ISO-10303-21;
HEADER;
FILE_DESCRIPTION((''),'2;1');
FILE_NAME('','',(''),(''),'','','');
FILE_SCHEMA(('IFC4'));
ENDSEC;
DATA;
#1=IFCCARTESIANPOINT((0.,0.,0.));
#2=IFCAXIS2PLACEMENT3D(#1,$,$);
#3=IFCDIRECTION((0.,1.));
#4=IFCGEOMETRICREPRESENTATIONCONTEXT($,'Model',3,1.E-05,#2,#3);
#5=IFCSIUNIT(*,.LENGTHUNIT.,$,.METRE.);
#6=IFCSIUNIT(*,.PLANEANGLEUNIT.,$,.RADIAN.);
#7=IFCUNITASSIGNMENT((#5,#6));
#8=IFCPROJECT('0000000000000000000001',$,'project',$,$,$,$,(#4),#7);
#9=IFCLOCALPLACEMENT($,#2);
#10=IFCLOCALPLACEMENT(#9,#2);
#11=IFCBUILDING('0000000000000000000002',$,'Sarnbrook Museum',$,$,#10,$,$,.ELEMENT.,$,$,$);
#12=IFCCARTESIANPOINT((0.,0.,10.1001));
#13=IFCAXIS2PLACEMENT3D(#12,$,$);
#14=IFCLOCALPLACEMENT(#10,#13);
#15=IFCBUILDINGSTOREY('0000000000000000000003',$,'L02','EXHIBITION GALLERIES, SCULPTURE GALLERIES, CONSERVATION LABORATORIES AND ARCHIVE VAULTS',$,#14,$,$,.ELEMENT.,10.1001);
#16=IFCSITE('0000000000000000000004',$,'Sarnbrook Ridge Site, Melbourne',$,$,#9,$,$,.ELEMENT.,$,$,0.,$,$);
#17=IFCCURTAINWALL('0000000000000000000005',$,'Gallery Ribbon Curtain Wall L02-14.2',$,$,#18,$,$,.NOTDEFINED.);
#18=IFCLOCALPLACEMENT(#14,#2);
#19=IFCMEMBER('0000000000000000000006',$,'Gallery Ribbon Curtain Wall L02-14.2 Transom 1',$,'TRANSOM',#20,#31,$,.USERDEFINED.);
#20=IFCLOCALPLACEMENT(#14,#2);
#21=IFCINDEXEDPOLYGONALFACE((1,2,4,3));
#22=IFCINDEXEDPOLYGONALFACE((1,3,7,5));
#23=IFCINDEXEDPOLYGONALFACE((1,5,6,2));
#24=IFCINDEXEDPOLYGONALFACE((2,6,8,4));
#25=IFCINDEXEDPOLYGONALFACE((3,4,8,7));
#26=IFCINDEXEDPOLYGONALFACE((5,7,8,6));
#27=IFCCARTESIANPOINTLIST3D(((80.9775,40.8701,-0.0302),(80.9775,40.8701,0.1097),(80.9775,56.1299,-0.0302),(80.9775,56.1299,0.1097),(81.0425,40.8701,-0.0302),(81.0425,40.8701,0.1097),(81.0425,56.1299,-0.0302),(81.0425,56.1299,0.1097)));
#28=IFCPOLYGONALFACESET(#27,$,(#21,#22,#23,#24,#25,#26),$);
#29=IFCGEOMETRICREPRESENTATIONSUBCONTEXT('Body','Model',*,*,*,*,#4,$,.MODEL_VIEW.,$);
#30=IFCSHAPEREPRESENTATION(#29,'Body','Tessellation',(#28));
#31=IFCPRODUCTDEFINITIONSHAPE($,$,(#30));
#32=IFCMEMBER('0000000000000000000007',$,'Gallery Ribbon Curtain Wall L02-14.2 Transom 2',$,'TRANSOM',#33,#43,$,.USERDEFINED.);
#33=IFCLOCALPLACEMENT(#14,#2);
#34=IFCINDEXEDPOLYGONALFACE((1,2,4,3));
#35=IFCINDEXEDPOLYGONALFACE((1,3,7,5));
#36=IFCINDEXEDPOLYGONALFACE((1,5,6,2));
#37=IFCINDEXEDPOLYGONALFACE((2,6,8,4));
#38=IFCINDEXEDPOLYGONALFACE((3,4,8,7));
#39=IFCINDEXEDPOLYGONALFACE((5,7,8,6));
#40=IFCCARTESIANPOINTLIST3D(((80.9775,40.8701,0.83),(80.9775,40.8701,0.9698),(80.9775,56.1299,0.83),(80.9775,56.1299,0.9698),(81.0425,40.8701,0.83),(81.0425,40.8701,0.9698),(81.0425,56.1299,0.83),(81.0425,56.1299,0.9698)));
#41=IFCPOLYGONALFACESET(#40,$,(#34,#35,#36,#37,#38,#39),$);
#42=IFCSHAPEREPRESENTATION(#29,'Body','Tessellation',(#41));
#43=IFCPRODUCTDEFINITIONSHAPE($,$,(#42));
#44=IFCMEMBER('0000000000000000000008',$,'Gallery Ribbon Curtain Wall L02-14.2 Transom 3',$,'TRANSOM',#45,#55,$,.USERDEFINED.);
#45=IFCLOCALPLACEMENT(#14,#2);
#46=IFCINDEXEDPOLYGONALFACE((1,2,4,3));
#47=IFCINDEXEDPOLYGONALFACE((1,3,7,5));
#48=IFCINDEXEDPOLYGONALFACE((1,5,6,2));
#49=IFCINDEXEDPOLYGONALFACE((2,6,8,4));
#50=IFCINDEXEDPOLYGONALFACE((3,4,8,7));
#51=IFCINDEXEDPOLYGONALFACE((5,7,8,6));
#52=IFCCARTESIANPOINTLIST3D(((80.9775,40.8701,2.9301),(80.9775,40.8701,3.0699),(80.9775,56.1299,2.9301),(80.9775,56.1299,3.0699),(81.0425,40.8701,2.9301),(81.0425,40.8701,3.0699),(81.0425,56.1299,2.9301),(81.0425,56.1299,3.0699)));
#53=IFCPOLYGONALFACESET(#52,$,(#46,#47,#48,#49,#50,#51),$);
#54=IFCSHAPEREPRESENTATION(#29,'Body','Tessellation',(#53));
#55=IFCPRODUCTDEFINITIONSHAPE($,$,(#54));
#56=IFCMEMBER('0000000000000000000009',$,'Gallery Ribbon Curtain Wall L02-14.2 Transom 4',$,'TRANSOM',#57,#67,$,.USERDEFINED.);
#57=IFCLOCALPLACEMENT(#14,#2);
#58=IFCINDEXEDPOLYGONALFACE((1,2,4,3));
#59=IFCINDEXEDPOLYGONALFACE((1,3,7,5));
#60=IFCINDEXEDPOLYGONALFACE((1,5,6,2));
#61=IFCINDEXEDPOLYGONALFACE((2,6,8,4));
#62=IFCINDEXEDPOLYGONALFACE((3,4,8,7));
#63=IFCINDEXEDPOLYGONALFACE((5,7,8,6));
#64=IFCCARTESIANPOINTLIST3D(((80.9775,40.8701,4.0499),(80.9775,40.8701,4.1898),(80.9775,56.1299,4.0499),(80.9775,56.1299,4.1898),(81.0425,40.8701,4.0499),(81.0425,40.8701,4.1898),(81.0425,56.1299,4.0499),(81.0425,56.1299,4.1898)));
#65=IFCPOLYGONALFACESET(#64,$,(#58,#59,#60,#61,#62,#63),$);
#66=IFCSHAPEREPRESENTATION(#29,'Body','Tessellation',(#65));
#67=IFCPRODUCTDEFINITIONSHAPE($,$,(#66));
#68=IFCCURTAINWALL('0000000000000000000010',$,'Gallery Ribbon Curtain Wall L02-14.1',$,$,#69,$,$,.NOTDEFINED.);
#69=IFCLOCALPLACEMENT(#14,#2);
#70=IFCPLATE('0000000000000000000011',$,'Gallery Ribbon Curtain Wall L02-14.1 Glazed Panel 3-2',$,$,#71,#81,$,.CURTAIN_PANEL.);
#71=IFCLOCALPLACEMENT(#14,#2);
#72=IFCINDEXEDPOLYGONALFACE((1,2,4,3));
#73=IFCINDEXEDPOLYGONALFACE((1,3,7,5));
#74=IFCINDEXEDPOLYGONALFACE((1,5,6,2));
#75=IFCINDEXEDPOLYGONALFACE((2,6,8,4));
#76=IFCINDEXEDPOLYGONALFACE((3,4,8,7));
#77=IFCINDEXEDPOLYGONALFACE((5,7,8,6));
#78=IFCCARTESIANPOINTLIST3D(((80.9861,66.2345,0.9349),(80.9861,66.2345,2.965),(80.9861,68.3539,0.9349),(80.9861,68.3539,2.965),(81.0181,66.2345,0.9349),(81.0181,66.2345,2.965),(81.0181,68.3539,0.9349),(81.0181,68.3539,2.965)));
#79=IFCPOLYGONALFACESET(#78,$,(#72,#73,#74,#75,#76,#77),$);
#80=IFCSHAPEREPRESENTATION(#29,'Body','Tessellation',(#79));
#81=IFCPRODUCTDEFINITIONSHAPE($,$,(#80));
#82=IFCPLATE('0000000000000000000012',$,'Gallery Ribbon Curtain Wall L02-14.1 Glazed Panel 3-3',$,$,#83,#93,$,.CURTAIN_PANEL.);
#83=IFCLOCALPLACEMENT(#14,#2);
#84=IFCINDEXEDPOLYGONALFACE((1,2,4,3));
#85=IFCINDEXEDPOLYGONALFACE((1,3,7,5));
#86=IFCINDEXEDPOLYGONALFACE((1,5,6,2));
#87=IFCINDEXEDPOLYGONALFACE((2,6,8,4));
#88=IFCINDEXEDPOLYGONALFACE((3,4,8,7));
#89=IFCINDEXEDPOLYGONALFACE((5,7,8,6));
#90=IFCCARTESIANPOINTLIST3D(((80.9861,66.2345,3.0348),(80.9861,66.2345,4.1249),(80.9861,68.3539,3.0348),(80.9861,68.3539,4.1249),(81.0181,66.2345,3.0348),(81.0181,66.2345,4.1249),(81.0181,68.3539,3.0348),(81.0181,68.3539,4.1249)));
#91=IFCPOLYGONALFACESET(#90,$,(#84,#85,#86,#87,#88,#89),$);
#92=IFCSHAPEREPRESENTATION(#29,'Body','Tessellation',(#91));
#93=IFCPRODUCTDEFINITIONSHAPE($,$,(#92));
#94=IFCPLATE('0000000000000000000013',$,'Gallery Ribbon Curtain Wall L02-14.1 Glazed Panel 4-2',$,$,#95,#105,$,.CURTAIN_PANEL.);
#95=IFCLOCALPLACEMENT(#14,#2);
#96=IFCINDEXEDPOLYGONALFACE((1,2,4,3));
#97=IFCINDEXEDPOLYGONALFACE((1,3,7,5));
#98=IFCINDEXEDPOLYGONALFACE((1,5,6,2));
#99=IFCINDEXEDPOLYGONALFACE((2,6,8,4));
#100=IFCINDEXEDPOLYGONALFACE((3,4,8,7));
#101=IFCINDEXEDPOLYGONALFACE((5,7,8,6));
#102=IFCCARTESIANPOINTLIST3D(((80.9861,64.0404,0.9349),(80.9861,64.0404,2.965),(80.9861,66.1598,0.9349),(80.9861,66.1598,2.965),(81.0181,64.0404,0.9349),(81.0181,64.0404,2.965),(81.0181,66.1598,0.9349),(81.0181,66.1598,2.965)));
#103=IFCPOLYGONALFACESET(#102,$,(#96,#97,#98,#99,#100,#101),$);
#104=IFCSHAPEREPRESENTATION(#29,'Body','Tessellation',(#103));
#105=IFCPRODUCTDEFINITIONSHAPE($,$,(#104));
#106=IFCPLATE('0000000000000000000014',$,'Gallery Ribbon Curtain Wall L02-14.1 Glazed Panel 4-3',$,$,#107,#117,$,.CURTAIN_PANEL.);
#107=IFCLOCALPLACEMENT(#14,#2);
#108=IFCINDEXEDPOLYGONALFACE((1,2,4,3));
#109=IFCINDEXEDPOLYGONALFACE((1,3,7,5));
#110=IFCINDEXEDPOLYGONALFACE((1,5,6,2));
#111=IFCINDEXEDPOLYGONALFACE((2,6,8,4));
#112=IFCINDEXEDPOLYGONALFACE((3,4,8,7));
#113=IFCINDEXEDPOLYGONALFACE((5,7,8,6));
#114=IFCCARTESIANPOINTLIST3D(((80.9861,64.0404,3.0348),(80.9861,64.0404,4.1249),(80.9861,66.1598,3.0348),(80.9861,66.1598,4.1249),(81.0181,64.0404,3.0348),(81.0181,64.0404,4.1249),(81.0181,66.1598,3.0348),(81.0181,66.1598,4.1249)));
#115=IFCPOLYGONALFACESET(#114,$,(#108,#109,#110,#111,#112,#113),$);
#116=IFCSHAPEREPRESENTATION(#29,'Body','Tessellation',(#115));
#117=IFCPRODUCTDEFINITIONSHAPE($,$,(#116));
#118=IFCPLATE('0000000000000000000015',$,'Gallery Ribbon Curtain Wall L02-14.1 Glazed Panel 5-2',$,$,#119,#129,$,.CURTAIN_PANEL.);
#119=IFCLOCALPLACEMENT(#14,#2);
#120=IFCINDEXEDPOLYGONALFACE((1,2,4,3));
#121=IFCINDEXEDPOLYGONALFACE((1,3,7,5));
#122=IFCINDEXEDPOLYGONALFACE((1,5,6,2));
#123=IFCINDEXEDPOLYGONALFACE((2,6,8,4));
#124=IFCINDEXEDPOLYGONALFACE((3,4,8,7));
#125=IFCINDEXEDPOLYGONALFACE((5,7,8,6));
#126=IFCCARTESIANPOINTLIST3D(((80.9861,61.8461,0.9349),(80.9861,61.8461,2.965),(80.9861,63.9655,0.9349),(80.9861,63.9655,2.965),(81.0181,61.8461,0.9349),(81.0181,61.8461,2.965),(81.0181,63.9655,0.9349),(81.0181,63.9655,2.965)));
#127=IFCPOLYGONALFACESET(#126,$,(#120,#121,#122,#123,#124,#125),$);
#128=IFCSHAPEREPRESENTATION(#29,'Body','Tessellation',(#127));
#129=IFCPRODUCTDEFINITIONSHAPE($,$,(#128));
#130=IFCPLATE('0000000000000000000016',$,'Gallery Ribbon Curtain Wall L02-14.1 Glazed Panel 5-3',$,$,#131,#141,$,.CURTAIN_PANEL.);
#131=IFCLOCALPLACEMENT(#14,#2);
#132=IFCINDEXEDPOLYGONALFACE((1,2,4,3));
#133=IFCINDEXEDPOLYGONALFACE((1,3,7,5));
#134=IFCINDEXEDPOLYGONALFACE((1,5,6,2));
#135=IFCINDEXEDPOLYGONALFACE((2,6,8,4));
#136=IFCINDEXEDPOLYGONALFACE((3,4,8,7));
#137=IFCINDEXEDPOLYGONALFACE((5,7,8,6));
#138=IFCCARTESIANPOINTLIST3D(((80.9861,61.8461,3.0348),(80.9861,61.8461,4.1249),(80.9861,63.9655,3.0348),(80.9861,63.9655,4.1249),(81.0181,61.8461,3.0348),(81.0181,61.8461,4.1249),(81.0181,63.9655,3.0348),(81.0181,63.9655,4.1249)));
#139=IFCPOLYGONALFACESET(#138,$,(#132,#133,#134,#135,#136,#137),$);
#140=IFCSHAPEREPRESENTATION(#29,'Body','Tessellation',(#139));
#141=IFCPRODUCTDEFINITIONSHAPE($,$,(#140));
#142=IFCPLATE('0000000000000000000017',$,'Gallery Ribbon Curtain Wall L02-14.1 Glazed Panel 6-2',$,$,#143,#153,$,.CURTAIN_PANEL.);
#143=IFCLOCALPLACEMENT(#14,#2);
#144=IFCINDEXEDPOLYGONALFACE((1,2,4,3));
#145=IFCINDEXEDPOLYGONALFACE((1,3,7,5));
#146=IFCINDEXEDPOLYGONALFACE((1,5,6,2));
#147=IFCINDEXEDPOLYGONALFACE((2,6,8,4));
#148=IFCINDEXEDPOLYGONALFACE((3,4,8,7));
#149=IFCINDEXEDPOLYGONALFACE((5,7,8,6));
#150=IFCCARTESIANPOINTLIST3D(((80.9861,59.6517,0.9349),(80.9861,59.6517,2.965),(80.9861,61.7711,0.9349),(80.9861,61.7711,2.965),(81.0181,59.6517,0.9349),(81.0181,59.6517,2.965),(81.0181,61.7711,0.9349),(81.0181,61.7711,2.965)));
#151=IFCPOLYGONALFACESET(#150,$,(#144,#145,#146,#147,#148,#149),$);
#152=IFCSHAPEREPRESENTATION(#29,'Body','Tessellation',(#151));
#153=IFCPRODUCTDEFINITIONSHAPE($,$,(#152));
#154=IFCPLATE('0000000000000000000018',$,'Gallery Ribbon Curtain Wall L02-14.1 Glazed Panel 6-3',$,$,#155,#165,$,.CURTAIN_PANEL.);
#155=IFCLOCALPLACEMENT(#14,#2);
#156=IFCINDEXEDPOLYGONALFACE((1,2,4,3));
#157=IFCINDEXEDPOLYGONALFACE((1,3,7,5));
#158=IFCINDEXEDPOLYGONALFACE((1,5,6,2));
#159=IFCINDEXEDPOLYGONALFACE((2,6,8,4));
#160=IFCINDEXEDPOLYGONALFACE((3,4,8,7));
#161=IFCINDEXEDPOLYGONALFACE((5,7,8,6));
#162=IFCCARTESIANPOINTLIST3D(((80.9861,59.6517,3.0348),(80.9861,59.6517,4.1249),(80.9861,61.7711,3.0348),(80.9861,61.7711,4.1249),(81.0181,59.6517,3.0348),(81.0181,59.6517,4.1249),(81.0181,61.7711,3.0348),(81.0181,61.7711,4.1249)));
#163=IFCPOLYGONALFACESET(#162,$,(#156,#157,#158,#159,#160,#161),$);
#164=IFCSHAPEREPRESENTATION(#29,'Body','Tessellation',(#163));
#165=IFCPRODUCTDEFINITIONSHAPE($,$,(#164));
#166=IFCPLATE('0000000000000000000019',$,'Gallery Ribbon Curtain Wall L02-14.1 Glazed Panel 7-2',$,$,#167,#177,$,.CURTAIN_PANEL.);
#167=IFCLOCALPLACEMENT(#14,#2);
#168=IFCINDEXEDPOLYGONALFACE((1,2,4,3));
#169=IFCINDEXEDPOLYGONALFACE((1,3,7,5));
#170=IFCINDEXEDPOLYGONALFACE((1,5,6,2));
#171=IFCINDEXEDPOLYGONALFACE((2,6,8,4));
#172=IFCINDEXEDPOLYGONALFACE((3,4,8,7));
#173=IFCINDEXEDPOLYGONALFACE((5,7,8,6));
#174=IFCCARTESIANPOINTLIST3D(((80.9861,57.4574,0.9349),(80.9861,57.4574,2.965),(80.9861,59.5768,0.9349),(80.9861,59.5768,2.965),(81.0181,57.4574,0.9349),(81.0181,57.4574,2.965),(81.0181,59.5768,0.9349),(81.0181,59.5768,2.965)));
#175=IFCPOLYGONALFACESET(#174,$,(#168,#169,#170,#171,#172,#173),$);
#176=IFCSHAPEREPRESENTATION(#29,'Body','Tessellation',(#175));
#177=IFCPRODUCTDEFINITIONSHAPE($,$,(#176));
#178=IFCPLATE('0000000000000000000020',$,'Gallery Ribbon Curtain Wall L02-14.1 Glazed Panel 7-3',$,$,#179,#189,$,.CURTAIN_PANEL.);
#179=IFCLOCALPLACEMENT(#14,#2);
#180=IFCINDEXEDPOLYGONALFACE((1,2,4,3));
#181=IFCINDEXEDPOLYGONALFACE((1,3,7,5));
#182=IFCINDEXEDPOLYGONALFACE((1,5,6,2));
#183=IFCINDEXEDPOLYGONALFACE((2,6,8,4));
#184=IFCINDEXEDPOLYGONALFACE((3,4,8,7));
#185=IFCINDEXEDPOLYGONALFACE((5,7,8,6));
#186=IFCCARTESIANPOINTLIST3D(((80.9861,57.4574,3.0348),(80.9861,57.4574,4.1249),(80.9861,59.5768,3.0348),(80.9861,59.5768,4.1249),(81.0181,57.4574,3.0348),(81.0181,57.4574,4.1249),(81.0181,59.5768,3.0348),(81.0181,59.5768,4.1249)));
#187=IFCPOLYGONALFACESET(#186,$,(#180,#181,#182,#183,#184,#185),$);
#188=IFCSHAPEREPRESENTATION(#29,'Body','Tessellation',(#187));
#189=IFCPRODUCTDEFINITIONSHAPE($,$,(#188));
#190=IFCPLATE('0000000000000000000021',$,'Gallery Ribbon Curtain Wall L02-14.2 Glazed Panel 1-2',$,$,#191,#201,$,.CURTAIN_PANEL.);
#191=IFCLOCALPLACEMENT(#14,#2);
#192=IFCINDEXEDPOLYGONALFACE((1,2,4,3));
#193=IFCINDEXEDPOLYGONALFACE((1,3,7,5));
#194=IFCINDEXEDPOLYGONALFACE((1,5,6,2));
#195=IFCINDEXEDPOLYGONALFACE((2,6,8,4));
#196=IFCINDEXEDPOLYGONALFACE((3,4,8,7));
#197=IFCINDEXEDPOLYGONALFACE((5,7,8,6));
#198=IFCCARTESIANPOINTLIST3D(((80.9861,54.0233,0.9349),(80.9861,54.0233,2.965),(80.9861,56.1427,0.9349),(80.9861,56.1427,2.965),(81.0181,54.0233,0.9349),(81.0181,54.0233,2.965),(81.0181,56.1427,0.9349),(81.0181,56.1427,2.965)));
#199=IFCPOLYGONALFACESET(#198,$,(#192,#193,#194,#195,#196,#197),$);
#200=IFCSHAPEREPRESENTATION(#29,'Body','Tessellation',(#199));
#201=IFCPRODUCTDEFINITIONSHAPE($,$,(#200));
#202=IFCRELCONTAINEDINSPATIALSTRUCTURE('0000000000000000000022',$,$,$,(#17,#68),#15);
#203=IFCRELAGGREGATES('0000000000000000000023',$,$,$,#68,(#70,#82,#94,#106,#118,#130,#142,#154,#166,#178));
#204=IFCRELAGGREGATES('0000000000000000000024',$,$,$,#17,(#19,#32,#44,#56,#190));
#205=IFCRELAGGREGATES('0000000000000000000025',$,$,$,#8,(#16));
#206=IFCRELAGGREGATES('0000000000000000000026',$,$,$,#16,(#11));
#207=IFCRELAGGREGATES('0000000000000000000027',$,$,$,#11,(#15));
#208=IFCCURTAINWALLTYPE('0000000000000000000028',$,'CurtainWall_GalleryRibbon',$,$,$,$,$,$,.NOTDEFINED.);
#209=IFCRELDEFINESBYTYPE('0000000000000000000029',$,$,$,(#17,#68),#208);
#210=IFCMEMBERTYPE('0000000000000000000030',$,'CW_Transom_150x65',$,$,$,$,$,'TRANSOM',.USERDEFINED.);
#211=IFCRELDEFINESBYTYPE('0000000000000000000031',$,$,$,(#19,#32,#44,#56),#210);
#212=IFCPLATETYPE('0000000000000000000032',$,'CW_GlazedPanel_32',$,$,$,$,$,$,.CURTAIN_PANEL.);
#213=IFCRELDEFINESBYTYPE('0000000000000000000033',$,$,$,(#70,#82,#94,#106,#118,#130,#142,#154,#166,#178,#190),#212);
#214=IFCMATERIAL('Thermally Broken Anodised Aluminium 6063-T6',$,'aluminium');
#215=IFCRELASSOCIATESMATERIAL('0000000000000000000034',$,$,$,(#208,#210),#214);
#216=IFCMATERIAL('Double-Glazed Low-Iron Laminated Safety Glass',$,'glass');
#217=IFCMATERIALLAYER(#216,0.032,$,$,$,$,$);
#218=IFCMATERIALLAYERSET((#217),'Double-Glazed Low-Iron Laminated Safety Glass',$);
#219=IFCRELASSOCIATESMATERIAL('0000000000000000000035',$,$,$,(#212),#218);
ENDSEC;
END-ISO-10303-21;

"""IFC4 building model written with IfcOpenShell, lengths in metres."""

from ifc_helpers import new_model, si_unit, direction, frame, origin, origin_2d, place, context, subcontext, project, spatial, rectangle, extrude, material, layer, layer_set, material_profile, profile_set, type_object, element, aggregate, save


model = new_model("IFC4")

# Units and contexts
model_context = context("Model", 3, precision=1e-05, world=origin(), true_north=direction((0.0, 1.0)))
body_context = subcontext(model_context, "Body", "Model", "MODEL_VIEW")
ifc_project = project(units=[si_unit("LENGTHUNIT", "METRE"), si_unit("PLANEANGLEUNIT", "RADIAN")], contexts=[model_context])

# Site, building, storey
site_placement = place(None, origin())
site = spatial("IfcSite", under=ifc_project, at=site_placement, Name="Sarnbrook Ridge Site, Melbourne", CompositionType="ELEMENT", RefElevation=0.0)
building_placement = place(site_placement, origin())
building = spatial("IfcBuilding", under=site, at=building_placement, Name="Sarnbrook Museum", CompositionType="ELEMENT")
storey_placement = place(building_placement, frame((0.0, 0.0, 10.1001)))
storey = spatial("IfcBuildingStorey", under=building, at=storey_placement, Name="L02", Description="EXHIBITION GALLERIES, SCULPTURE GALLERIES, CONSERVATION LABORATORIES AND ARCHIVE VAULTS", CompositionType="ELEMENT", Elevation=10.1001)

# Curtain wall, members
ifc_material_1 = material(Name="Thermally Broken Anodised Aluminium 6063-T6", Category="aluminium")
curtain_wall_type = type_object("IfcCurtainWallType", Name="CurtainWall_GalleryRibbon", PredefinedType="NOTDEFINED", material=ifc_material_1)
curtain_wall_1_placement = place(storey_placement, origin())
curtain_wall_1 = element("IfcCurtainWall", 1, at=curtain_wall_1_placement, inside=storey, type_object=curtain_wall_type, Name="Gallery Ribbon Curtain Wall L02-14.2", PredefinedType="NOTDEFINED")
ifc_material_profile = material_profile(ifc_material_1, rectangle(XDim=0.0649, YDim=0.1399, at=origin_2d()), Name="ALU TRANSOM 65x140")
ifc_profile_set = profile_set([ifc_material_profile], Name="Thermally Broken Anodised Aluminium 6063-T6")
member_type = type_object("IfcMemberType", Name="CW_Transom_150x65", ElementType="TRANSOM", PredefinedType="USERDEFINED", material=ifc_profile_set)
member_1_placement = place(storey_placement, frame((81.01, 56.1299, 0.0398), z_axis=(0.0, -1.0, 0.0), x_axis=(1.0, 0.0, 0.0)))
member_1 = element("IfcMember", 2, at=member_1_placement, type_object=member_type, Name="Gallery Ribbon Curtain Wall L02-14.2 Transom 1", ObjectType="TRANSOM", PredefinedType="USERDEFINED", context=body_context, shape_type="SweptSolid", body=[
    extrude(rectangle(XDim=0.0649, YDim=0.1399, at=origin_2d()), origin(), (0.0, 0.0, 1.0), 15.2598),
])
member_2_placement = place(storey_placement, frame((81.01, 56.1299, 0.8999), z_axis=(0.0, -1.0, 0.0), x_axis=(1.0, 0.0, 0.0)))
member_2 = element("IfcMember", 3, at=member_2_placement, type_object=member_type, Name="Gallery Ribbon Curtain Wall L02-14.2 Transom 2", ObjectType="TRANSOM", PredefinedType="USERDEFINED", context=body_context, shape_type="SweptSolid", body=[
    extrude(rectangle(XDim=0.0649, YDim=0.1399, at=origin_2d()), origin(), (0.0, 0.0, 1.0), 15.2598),
])
member_3_placement = place(storey_placement, frame((81.01, 56.1299, 3.0), z_axis=(0.0, -1.0, 0.0), x_axis=(1.0, 0.0, 0.0)))
member_3 = element("IfcMember", 4, at=member_3_placement, type_object=member_type, Name="Gallery Ribbon Curtain Wall L02-14.2 Transom 3", ObjectType="TRANSOM", PredefinedType="USERDEFINED", context=body_context, shape_type="SweptSolid", body=[
    extrude(rectangle(XDim=0.0649, YDim=0.1399, at=origin_2d()), origin(), (0.0, 0.0, 1.0), 15.2598),
])
member_4_placement = place(storey_placement, frame((81.01, 56.1299, 4.1199), z_axis=(0.0, -1.0, 0.0), x_axis=(1.0, 0.0, 0.0)))
member_4 = element("IfcMember", 5, at=member_4_placement, type_object=member_type, Name="Gallery Ribbon Curtain Wall L02-14.2 Transom 4", ObjectType="TRANSOM", PredefinedType="USERDEFINED", context=body_context, shape_type="SweptSolid", body=[
    extrude(rectangle(XDim=0.0649, YDim=0.1399, at=origin_2d()), origin(), (0.0, 0.0, 1.0), 15.2598),
])

# Curtain wall, plates
curtain_wall_2_placement = place(storey_placement, origin())
curtain_wall_2 = element("IfcCurtainWall", 6, at=curtain_wall_2_placement, inside=storey, type_object=curtain_wall_type, Name="Gallery Ribbon Curtain Wall L02-14.1", PredefinedType="NOTDEFINED")
ifc_material_2 = material(Name="Double-Glazed Low-Iron Laminated Safety Glass", Category="glass")
ifc_layer_1 = layer(ifc_material_2, 0.032)
ifc_layer_set_1 = layer_set([ifc_layer_1], Name="Double-Glazed Low-Iron Laminated Safety Glass")
plate_type_1 = type_object("IfcPlateType", Name="CW_GlazedPanel_32", PredefinedType="CURTAIN_PANEL", material=ifc_layer_set_1)
plate_1_placement = place(storey_placement, frame((81.0181, 67.2942, 1.95), z_axis=(-1.0, 0.0, 0.0), x_axis=(0.0, -1.0, 0.0)))
plate_1 = element("IfcPlate", 7, at=plate_1_placement, type_object=plate_type_1, Name="Gallery Ribbon Curtain Wall L02-14.1 Glazed Panel 3-2", PredefinedType="CURTAIN_PANEL", context=body_context, shape_type="SweptSolid", body=[
    extrude(rectangle(XDim=2.1194, YDim=2.03, at=origin_2d()), origin(), (0.0, 0.0, 1.0), 0.032),
])
plate_2_placement = place(storey_placement, frame((81.0181, 67.2942, 3.5798), z_axis=(-1.0, 0.0, 0.0), x_axis=(0.0, -1.0, 0.0)))
plate_2 = element("IfcPlate", 8, at=plate_2_placement, type_object=plate_type_1, Name="Gallery Ribbon Curtain Wall L02-14.1 Glazed Panel 3-3", PredefinedType="CURTAIN_PANEL", context=body_context, shape_type="SweptSolid", body=[
    extrude(rectangle(XDim=2.1194, YDim=1.0901, at=origin_2d()), origin(), (0.0, 0.0, 1.0), 0.032),
])
plate_3_placement = place(storey_placement, frame((81.0181, 65.1001, 1.95), z_axis=(-1.0, 0.0, 0.0), x_axis=(0.0, -1.0, 0.0)))
plate_3 = element("IfcPlate", 9, at=plate_3_placement, type_object=plate_type_1, Name="Gallery Ribbon Curtain Wall L02-14.1 Glazed Panel 4-2", PredefinedType="CURTAIN_PANEL", context=body_context, shape_type="SweptSolid", body=[
    extrude(rectangle(XDim=2.1194, YDim=2.03, at=origin_2d()), origin(), (0.0, 0.0, 1.0), 0.032),
])
plate_4_placement = place(storey_placement, frame((81.0181, 65.1001, 3.5798), z_axis=(-1.0, 0.0, 0.0), x_axis=(0.0, -1.0, 0.0)))
plate_4 = element("IfcPlate", 10, at=plate_4_placement, type_object=plate_type_1, Name="Gallery Ribbon Curtain Wall L02-14.1 Glazed Panel 4-3", PredefinedType="CURTAIN_PANEL", context=body_context, shape_type="SweptSolid", body=[
    extrude(rectangle(XDim=2.1194, YDim=1.0901, at=origin_2d()), origin(), (0.0, 0.0, 1.0), 0.032),
])
plate_5_placement = place(storey_placement, frame((81.0181, 62.9058, 1.95), z_axis=(-1.0, 0.0, 0.0), x_axis=(0.0, -1.0, 0.0)))
plate_5 = element("IfcPlate", 11, at=plate_5_placement, type_object=plate_type_1, Name="Gallery Ribbon Curtain Wall L02-14.1 Glazed Panel 5-2", PredefinedType="CURTAIN_PANEL", context=body_context, shape_type="SweptSolid", body=[
    extrude(rectangle(XDim=2.1194, YDim=2.03, at=origin_2d()), origin(), (0.0, 0.0, 1.0), 0.032),
])
plate_6_placement = place(storey_placement, frame((81.0181, 62.9058, 3.5798), z_axis=(-1.0, 0.0, 0.0), x_axis=(0.0, -1.0, 0.0)))
plate_6 = element("IfcPlate", 12, at=plate_6_placement, type_object=plate_type_1, Name="Gallery Ribbon Curtain Wall L02-14.1 Glazed Panel 5-3", PredefinedType="CURTAIN_PANEL", context=body_context, shape_type="SweptSolid", body=[
    extrude(rectangle(XDim=2.1194, YDim=1.0901, at=origin_2d()), origin(), (0.0, 0.0, 1.0), 0.032),
])
plate_7_placement = place(storey_placement, frame((81.0181, 60.7114, 1.95), z_axis=(-1.0, 0.0, 0.0), x_axis=(0.0, -1.0, 0.0)))
plate_7 = element("IfcPlate", 13, at=plate_7_placement, type_object=plate_type_1, Name="Gallery Ribbon Curtain Wall L02-14.1 Glazed Panel 6-2", PredefinedType="CURTAIN_PANEL", context=body_context, shape_type="SweptSolid", body=[
    extrude(rectangle(XDim=2.1194, YDim=2.03, at=origin_2d()), origin(), (0.0, 0.0, 1.0), 0.032),
])
plate_8_placement = place(storey_placement, frame((81.0181, 60.7114, 3.5798), z_axis=(-1.0, 0.0, 0.0), x_axis=(0.0, -1.0, 0.0)))
plate_8 = element("IfcPlate", 14, at=plate_8_placement, type_object=plate_type_1, Name="Gallery Ribbon Curtain Wall L02-14.1 Glazed Panel 6-3", PredefinedType="CURTAIN_PANEL", context=body_context, shape_type="SweptSolid", body=[
    extrude(rectangle(XDim=2.1194, YDim=1.0901, at=origin_2d()), origin(), (0.0, 0.0, 1.0), 0.032),
])
plate_9_placement = place(storey_placement, frame((81.0181, 58.5171, 1.95), z_axis=(-1.0, 0.0, 0.0), x_axis=(0.0, -1.0, 0.0)))
plate_9 = element("IfcPlate", 15, at=plate_9_placement, type_object=plate_type_1, Name="Gallery Ribbon Curtain Wall L02-14.1 Glazed Panel 7-2", PredefinedType="CURTAIN_PANEL", context=body_context, shape_type="SweptSolid", body=[
    extrude(rectangle(XDim=2.1194, YDim=2.03, at=origin_2d()), origin(), (0.0, 0.0, 1.0), 0.032),
])
plate_10_placement = place(storey_placement, frame((81.0181, 58.5171, 3.5798), z_axis=(-1.0, 0.0, 0.0), x_axis=(0.0, -1.0, 0.0)))
plate_10 = element("IfcPlate", 16, at=plate_10_placement, type_object=plate_type_1, Name="Gallery Ribbon Curtain Wall L02-14.1 Glazed Panel 7-3", PredefinedType="CURTAIN_PANEL", context=body_context, shape_type="SweptSolid", body=[
    extrude(rectangle(XDim=2.1194, YDim=1.0901, at=origin_2d()), origin(), (0.0, 0.0, 1.0), 0.032),
])

# Plate
plate_11_placement = place(storey_placement, frame((81.0181, 55.083, 1.95), z_axis=(-1.0, 0.0, 0.0), x_axis=(0.0, -1.0, 0.0)))
plate_11 = element("IfcPlate", 17, at=plate_11_placement, type_object=plate_type_1, Name="Gallery Ribbon Curtain Wall L02-14.2 Glazed Panel 1-2", PredefinedType="CURTAIN_PANEL", context=body_context, shape_type="SweptSolid", body=[
    extrude(rectangle(XDim=2.1194, YDim=2.03, at=origin_2d()), origin(), (0.0, 0.0, 1.0), 0.032),
])
aggregate(curtain_wall_2, [plate_1, plate_2, plate_3, plate_4, plate_5, plate_6, plate_7, plate_8, plate_9, plate_10])
aggregate(curtain_wall_1, [member_1, member_2, member_3, member_4, plate_11])

save(model, "model.ifc")
